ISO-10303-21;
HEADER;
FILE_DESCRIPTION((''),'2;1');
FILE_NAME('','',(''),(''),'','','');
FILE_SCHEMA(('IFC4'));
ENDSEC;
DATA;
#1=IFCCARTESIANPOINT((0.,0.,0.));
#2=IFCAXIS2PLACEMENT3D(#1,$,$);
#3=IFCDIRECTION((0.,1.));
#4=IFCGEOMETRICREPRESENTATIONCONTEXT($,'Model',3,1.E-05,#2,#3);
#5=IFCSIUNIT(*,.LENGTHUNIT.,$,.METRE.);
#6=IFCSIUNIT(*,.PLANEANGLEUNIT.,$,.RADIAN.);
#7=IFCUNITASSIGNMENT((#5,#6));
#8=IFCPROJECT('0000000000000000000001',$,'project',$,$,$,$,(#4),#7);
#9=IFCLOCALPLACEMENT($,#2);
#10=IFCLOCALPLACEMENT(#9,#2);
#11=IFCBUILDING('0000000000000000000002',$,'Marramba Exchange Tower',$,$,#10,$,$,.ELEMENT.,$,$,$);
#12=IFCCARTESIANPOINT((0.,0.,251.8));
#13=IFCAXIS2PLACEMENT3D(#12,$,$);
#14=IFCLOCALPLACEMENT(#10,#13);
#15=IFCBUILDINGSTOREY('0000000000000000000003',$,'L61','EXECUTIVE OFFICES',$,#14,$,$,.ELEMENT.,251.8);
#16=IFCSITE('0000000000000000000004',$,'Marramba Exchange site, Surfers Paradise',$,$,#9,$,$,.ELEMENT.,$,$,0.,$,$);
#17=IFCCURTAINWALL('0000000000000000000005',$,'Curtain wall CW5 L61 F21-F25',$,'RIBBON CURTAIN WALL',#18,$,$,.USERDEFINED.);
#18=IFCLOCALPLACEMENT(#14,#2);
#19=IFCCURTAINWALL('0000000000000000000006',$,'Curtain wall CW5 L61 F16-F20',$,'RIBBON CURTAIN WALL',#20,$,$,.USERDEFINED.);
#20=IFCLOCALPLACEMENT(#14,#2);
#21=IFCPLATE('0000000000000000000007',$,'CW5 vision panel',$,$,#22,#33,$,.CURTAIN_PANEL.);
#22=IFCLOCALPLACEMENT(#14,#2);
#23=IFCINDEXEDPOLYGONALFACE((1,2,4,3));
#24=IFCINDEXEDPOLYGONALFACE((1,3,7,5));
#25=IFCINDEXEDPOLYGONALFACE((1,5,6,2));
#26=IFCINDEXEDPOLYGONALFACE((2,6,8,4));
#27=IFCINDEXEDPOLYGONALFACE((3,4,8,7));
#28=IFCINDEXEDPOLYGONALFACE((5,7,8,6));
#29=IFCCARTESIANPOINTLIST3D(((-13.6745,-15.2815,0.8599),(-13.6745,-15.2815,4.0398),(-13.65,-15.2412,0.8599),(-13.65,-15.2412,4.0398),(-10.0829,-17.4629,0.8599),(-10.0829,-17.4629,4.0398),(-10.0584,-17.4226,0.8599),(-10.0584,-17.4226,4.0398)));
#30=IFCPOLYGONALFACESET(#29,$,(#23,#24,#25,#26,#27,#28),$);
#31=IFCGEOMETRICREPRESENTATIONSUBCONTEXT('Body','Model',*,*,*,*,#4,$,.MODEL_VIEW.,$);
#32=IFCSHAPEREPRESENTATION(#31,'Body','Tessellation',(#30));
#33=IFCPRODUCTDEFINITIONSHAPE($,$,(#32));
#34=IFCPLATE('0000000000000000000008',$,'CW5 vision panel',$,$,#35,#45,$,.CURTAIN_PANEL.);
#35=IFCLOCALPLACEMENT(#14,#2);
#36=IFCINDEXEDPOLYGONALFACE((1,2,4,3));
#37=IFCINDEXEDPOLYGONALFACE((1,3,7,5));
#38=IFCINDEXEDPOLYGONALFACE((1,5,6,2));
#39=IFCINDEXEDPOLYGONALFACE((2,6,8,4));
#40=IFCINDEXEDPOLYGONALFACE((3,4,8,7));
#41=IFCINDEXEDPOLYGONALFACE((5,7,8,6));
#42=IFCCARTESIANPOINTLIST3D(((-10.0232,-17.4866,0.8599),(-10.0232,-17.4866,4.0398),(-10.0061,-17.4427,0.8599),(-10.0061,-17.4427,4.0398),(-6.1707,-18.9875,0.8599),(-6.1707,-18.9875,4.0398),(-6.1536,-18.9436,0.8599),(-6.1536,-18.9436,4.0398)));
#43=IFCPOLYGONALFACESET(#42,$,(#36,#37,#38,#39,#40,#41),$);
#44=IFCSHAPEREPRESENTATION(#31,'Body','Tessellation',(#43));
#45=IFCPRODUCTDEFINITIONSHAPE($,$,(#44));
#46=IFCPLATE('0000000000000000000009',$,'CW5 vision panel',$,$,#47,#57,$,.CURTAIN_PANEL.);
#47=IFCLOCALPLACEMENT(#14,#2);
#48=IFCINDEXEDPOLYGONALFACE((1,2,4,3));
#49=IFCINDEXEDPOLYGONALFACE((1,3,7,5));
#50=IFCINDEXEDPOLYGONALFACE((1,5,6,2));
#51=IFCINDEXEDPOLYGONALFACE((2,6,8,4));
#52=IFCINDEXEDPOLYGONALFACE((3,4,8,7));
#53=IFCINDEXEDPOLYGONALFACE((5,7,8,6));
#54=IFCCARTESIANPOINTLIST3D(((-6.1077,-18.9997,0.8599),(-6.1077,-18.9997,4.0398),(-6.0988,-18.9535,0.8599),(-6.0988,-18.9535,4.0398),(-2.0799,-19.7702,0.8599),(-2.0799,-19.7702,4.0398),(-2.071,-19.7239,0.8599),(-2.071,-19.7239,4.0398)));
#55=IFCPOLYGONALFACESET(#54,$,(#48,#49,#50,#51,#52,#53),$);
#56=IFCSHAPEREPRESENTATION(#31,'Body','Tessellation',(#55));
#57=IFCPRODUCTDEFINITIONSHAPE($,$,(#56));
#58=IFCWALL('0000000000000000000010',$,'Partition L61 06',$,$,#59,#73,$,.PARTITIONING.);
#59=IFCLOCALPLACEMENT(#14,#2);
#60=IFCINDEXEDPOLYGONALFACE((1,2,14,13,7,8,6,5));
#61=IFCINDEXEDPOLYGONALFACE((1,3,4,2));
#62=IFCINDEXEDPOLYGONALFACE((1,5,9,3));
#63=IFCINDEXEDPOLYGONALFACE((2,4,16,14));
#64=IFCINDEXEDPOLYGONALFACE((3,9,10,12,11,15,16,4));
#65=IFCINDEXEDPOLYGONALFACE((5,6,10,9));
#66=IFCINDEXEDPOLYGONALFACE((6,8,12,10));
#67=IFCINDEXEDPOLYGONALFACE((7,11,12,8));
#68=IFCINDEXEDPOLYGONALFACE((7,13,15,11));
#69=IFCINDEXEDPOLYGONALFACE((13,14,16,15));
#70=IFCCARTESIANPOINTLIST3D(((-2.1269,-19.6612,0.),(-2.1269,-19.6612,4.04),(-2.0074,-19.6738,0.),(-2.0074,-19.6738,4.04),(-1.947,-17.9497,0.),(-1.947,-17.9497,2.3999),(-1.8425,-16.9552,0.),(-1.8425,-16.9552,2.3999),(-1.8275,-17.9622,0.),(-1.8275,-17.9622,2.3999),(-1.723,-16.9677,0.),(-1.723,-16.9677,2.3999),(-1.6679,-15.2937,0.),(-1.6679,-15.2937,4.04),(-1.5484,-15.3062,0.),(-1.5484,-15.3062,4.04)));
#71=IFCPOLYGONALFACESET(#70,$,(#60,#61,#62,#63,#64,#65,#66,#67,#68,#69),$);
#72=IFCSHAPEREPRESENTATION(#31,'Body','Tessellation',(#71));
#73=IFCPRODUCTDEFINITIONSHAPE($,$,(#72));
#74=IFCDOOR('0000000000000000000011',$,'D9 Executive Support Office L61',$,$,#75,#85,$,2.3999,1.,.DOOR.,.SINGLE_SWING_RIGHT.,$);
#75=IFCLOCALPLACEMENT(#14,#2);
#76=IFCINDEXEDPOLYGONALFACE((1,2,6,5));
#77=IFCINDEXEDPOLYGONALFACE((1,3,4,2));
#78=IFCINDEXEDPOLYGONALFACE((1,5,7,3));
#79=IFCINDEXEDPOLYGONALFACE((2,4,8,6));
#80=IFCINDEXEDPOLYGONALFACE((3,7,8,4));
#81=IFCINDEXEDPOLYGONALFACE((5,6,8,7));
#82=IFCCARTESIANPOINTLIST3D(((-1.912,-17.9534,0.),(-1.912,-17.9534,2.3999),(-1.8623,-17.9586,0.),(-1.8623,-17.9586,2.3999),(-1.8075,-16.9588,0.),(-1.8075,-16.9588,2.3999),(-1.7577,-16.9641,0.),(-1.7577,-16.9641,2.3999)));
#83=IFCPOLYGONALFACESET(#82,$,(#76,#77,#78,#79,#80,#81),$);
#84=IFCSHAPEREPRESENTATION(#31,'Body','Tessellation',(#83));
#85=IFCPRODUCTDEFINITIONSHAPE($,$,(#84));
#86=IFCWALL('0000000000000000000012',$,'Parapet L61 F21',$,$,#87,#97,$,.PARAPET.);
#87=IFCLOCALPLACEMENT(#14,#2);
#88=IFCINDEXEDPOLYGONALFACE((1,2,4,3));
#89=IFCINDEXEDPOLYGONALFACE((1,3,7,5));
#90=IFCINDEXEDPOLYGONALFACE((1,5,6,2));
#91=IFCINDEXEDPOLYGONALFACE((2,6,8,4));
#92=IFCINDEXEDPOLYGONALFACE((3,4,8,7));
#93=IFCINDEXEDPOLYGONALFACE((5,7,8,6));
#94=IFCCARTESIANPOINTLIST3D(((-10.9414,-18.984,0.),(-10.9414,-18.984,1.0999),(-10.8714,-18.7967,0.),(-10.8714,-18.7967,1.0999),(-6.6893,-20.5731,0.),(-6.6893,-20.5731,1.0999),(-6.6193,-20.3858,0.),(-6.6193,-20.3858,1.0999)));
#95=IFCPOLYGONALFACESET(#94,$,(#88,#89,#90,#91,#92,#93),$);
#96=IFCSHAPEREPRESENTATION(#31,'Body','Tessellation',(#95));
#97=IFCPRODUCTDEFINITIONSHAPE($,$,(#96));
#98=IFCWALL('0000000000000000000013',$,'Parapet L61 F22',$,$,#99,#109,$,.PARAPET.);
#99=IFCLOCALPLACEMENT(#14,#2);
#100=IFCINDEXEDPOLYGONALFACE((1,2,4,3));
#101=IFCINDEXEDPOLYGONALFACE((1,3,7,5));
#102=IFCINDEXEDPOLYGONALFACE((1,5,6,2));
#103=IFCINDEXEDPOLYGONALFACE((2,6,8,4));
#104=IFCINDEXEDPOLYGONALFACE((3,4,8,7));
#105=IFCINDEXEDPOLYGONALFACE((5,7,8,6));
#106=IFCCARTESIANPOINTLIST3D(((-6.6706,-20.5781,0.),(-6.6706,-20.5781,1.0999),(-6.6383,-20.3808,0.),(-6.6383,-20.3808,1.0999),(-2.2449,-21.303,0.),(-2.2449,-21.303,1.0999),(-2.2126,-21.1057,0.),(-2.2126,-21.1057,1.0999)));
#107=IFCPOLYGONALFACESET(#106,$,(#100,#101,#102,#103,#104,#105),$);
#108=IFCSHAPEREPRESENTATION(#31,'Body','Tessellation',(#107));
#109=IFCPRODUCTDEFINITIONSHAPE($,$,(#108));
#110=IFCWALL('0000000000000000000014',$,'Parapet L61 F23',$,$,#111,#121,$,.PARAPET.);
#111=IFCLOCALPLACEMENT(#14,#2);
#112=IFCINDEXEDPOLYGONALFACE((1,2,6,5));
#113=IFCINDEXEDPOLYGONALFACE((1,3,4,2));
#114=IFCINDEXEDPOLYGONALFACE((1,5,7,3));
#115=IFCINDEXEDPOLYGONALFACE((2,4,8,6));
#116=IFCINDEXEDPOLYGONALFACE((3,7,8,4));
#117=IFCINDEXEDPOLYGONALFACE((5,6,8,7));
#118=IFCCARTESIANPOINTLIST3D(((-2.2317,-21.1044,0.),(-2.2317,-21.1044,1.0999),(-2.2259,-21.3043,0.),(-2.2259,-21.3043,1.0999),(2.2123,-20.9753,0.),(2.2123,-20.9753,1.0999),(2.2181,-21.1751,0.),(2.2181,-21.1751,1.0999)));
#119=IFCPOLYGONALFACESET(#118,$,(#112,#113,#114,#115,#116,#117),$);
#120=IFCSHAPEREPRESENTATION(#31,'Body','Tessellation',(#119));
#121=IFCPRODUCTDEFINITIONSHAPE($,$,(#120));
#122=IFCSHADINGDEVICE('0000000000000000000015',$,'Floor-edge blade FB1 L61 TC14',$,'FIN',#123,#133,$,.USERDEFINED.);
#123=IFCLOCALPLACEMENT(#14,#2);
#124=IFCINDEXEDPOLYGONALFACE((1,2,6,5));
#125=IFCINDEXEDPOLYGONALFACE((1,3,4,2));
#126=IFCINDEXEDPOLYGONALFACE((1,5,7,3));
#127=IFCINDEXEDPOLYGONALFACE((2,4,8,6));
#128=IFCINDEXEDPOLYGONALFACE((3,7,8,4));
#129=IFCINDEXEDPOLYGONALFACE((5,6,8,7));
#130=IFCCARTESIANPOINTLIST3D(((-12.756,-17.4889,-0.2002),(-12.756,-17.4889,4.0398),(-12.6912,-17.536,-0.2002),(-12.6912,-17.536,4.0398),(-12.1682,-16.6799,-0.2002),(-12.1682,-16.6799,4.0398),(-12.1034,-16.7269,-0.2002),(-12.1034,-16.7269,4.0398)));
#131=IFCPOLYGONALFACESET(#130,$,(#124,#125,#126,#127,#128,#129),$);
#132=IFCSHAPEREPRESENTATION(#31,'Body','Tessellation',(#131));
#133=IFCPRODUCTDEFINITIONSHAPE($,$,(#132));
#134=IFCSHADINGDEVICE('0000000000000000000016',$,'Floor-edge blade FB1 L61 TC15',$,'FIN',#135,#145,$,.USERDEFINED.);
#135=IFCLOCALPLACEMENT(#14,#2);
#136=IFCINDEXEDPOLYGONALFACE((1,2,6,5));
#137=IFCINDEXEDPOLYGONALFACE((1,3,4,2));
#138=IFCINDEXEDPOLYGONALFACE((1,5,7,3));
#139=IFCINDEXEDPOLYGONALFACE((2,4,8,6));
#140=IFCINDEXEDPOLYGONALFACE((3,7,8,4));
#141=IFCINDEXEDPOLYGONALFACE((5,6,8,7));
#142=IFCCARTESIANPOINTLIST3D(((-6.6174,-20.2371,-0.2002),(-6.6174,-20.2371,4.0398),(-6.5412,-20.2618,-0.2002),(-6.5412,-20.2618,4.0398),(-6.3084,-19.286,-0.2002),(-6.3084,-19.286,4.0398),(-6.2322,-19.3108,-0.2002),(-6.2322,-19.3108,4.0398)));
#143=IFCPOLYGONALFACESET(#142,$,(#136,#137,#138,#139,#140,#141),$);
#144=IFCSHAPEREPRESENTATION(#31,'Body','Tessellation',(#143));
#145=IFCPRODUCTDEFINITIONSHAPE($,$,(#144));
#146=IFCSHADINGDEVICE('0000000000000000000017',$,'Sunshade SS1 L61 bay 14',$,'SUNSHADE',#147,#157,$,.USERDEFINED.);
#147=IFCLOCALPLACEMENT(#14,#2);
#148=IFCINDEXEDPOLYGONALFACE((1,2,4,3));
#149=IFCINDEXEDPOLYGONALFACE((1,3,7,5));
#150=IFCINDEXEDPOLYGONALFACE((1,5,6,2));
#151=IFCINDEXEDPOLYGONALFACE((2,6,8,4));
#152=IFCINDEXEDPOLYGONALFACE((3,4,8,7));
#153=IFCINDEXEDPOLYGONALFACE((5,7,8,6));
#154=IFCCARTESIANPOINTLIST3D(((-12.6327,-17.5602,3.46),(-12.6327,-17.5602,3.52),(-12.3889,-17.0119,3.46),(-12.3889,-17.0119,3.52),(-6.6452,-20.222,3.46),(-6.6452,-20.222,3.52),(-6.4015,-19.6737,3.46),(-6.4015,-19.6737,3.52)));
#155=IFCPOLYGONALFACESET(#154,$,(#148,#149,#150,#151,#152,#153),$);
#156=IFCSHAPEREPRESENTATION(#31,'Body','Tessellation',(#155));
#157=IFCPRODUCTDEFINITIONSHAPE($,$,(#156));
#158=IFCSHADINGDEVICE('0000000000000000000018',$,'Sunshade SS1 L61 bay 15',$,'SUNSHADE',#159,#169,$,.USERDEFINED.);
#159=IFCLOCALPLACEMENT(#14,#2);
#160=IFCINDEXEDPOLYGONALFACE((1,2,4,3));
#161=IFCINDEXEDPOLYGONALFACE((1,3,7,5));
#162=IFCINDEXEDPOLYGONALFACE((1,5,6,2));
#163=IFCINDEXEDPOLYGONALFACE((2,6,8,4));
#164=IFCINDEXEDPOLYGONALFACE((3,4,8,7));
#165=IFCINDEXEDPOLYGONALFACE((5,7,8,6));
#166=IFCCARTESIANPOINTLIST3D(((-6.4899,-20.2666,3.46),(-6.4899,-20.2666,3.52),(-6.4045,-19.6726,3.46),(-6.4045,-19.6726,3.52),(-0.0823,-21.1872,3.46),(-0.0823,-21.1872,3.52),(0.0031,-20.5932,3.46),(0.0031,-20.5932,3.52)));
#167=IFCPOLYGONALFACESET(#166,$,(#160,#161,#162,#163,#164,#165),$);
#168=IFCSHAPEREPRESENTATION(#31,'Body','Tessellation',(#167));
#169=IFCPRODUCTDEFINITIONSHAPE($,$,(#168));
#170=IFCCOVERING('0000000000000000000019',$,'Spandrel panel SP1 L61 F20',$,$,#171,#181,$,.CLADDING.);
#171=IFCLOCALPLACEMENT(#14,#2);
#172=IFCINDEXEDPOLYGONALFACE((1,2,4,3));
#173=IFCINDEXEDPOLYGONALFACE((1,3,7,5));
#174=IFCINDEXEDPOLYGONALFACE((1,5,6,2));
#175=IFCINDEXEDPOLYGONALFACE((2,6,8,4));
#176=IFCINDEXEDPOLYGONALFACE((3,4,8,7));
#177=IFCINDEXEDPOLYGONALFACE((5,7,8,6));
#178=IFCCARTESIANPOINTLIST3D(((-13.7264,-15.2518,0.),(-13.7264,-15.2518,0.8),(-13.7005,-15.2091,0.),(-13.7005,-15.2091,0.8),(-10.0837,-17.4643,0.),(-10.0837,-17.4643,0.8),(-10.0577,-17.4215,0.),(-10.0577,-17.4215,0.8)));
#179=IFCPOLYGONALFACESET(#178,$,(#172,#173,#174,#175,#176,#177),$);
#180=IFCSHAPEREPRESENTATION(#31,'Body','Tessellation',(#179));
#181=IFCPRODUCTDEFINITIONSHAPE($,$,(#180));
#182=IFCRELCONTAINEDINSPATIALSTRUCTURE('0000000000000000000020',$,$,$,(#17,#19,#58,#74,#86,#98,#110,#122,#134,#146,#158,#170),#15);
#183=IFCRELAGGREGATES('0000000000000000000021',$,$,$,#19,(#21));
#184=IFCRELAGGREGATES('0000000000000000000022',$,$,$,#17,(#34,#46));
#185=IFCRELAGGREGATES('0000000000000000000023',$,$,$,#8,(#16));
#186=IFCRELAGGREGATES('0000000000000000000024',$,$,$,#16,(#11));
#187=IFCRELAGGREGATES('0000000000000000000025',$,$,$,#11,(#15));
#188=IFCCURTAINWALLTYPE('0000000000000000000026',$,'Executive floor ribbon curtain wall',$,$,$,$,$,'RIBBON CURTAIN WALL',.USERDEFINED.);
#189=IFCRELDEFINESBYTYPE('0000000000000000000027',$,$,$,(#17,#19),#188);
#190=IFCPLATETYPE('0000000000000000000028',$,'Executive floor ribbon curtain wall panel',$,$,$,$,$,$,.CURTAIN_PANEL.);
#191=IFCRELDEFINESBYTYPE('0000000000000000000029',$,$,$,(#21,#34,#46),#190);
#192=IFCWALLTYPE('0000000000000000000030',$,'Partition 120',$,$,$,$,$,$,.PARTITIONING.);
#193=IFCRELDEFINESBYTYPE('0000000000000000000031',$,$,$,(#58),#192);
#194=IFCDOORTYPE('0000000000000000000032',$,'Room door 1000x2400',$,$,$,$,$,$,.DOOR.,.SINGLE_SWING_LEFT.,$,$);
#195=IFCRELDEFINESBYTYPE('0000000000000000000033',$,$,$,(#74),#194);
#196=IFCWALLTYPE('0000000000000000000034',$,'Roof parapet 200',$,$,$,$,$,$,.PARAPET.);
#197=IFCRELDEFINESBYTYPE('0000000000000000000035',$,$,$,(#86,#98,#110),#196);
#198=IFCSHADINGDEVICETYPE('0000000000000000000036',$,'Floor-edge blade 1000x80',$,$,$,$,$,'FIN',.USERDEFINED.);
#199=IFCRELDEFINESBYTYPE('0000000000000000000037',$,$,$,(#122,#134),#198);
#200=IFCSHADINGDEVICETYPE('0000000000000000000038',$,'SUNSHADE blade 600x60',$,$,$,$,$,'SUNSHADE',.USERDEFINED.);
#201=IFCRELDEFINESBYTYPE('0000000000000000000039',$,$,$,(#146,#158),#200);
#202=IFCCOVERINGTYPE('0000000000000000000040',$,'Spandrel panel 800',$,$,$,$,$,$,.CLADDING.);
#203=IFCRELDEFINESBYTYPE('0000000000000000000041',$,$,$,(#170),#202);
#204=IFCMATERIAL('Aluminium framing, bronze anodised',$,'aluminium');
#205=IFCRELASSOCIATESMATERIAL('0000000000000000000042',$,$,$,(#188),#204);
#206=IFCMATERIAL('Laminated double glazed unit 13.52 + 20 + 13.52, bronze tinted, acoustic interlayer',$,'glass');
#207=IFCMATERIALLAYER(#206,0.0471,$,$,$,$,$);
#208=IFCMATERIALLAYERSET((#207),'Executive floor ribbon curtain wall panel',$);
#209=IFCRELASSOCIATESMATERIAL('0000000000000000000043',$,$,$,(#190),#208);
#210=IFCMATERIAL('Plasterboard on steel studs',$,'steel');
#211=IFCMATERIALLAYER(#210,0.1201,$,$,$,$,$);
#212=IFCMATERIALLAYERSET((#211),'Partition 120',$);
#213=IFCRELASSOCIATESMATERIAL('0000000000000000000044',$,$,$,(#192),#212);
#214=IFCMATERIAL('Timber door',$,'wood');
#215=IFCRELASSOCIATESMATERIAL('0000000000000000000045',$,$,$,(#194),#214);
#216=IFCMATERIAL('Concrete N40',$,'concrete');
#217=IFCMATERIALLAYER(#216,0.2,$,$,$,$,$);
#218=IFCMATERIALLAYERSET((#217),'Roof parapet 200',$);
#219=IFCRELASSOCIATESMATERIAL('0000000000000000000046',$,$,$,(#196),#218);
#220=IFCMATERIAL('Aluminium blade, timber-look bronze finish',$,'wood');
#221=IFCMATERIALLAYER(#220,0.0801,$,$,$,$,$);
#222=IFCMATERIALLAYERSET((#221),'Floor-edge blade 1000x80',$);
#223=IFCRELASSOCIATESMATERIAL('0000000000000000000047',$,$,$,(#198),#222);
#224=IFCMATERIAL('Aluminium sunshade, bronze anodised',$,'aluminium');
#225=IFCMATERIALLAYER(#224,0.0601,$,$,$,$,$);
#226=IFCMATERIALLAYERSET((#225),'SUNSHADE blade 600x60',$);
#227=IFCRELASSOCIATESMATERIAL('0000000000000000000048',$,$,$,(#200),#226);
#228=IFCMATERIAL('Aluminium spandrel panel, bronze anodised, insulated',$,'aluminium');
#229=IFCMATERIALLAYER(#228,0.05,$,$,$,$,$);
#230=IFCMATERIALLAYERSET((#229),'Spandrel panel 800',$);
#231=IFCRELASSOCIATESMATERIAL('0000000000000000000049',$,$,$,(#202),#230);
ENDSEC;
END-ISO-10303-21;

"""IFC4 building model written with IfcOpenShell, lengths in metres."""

from ifc_helpers import new_model, si_unit, direction, frame, frame_2d, origin, origin_2d, place, context, subcontext, project, spatial, rectangle, extrude, material, layer, layer_set, type_object, element, fill, aggregate, save


model = new_model("IFC4")

# Units and contexts
model_context = context("Model", 3, precision=1e-05, world=origin(), true_north=direction((0.0, 1.0)))
body_context = subcontext(model_context, "Body", "Model", "MODEL_VIEW")
ifc_project = project(units=[si_unit("LENGTHUNIT", "METRE"), si_unit("PLANEANGLEUNIT", "RADIAN")], contexts=[model_context])

# Site, building, storey
site_placement = place(None, origin())
site = spatial("IfcSite", under=ifc_project, at=site_placement, Name="Marramba Exchange site, Surfers Paradise", CompositionType="ELEMENT", RefElevation=0.0)
building_placement = place(site_placement, origin())
building = spatial("IfcBuilding", under=site, at=building_placement, Name="Marramba Exchange Tower", CompositionType="ELEMENT")
storey_placement = place(building_placement, frame((0.0, 0.0, 251.8)))
storey = spatial("IfcBuildingStorey", under=building, at=storey_placement, Name="L61", Description="EXECUTIVE OFFICES", CompositionType="ELEMENT", Elevation=251.8)

# Curtain wall
ifc_material_1 = material(Name="Aluminium framing, bronze anodised", Category="aluminium")
curtain_wall_type = type_object("IfcCurtainWallType", Name="Executive floor ribbon curtain wall", ElementType="RIBBON CURTAIN WALL", PredefinedType="USERDEFINED", material=ifc_material_1)
curtain_wall_1_placement = place(storey_placement, origin())
curtain_wall_1 = element("IfcCurtainWall", 1, at=curtain_wall_1_placement, inside=storey, type_object=curtain_wall_type, Name="Curtain wall CW5 L61 F21-F25", ObjectType="RIBBON CURTAIN WALL", PredefinedType="USERDEFINED")

# Curtain wall, plate
curtain_wall_2_placement = place(storey_placement, origin())
curtain_wall_2 = element("IfcCurtainWall", 2, at=curtain_wall_2_placement, inside=storey, type_object=curtain_wall_type, Name="Curtain wall CW5 L61 F16-F20", ObjectType="RIBBON CURTAIN WALL", PredefinedType="USERDEFINED")
ifc_material_2 = material(Name="Laminated double glazed unit 13.52 + 20 + 13.52, bronze tinted, acoustic interlayer", Category="glass")
ifc_layer_1 = layer(ifc_material_2, 0.0471)
ifc_layer_set_1 = layer_set([ifc_layer_1], Name="Executive floor ribbon curtain wall panel")
plate_type = type_object("IfcPlateType", Name="Executive floor ribbon curtain wall panel", PredefinedType="CURTAIN_PANEL", material=ifc_layer_set_1)
plate_1_placement = place(storey_placement, frame((-11.8665, -16.3521, 0.8599), z_axis=(0.0, 0.0, 1.0), x_axis=(0.854704, -0.519115, 0.0)))
plate_1 = element("IfcPlate", 3, at=plate_1_placement, type_object=plate_type, Name="CW5 vision panel", PredefinedType="CURTAIN_PANEL", context=body_context, shape_type="SweptSolid", body=[
    extrude(rectangle(XDim=4.2021, YDim=0.0471, at=origin_2d()), origin(), (0.0, 0.0, 1.0), 3.1799),
])
aggregate(curtain_wall_2, [plate_1])

# Plates
plate_2_placement = place(storey_placement, frame((-8.0884, -18.2151, 0.8599), z_axis=(0.0, 0.0, 1.0), x_axis=(0.931785, -0.36301, 0.0)))
plate_2 = element("IfcPlate", 4, at=plate_2_placement, type_object=plate_type, Name="CW5 vision panel", PredefinedType="CURTAIN_PANEL", context=body_context, shape_type="SweptSolid", body=[
    extrude(rectangle(XDim=4.1345, YDim=0.0471, at=origin_2d()), origin(), (0.0, 0.0, 1.0), 3.1799),
])
plate_3_placement = place(storey_placement, frame((-4.0894, -19.3618, 0.8599), z_axis=(0.0, 0.0, 1.0), x_axis=(0.982193, -0.187873, 0.0)))
plate_3 = element("IfcPlate", 5, at=plate_3_placement, type_object=plate_type, Name="CW5 vision panel", PredefinedType="CURTAIN_PANEL", context=body_context, shape_type="SweptSolid", body=[
    extrude(rectangle(XDim=4.1008, YDim=0.0471, at=origin_2d()), origin(), (0.0, 0.0, 1.0), 3.1799),
])
aggregate(curtain_wall_1, [plate_2, plate_3])

# Wall, opening, door
ifc_material_3 = material(Name="Plasterboard on steel studs", Category="steel")
ifc_layer_2 = layer(ifc_material_3, 0.1201)
ifc_layer_set_2 = layer_set([ifc_layer_2], Name="Partition 120")
wall_type_1 = type_object("IfcWallType", Name="Partition 120", PredefinedType="PARTITIONING", material=ifc_layer_set_2)
wall_1_placement = place(storey_placement, frame((-2.0671, -19.6675, 0.0), z_axis=(0.0, 0.0, 1.0), x_axis=(0.104517, 0.994523, 0.0)))
wall_1 = element("IfcWall", 6, at=wall_1_placement, inside=storey, type_object=wall_type_1, Name="Partition L61 06", PredefinedType="PARTITIONING", context=body_context, shape_type="SweptSolid", body=[
    extrude(rectangle(XDim=4.3916, YDim=0.1201, at=frame_2d((2.1958, 0.0))), origin(), (0.0, 0.0, 1.0), 4.04),
])
opening_placement = place(wall_1_placement, frame((1.7209, 0.0, 0.0)))
opening = element("IfcOpeningElement", 7, at=opening_placement, cuts=wall_1, PredefinedType="OPENING", context=body_context, shape_type="SweptSolid", body=[
    extrude(rectangle(XDim=1.0, YDim=2.3999, at=frame_2d((0.5, 1.2))), frame((0.0, 0.0701, 0.0), z_axis=(0.0, -1.0, 0.0), x_axis=(1.0, 0.0, 0.0)), (0.0, 0.0, 1.0), 0.1401),
])
ifc_material_4 = material(Name="Timber door", Category="wood")
door_type = type_object("IfcDoorType", Name="Room door 1000x2400", OperationType="SINGLE_SWING_LEFT", PredefinedType="DOOR", material=ifc_material_4)
door_placement = place(opening_placement, frame((1.0, 0.0, 0.0), z_axis=(0.0, 0.0, 1.0), x_axis=(-1.0, 0.0, 0.0)))
door = element("IfcDoor", 8, at=door_placement, inside=storey, type_object=door_type, Name="D9 Executive Support Office L61", OperationType="SINGLE_SWING_RIGHT", OverallHeight=2.3999, OverallWidth=1.0, PredefinedType="DOOR", context=body_context, shape_type="SweptSolid", body=[
    extrude(rectangle(XDim=1.0, YDim=2.3999, at=frame_2d((0.5, 1.2))), frame((0.0, 0.0251, 0.0), z_axis=(0.0, -1.0, 0.0), x_axis=(1.0, 0.0, 0.0)), (0.0, 0.0, 1.0), 0.05),
])
fill(opening, door)

# Walls
ifc_material_5 = material(Name="Concrete N40", Category="concrete")
ifc_layer_3 = layer(ifc_material_5, 0.2)
ifc_layer_set_3 = layer_set([ifc_layer_3], Name="Roof parapet 200")
wall_type_2 = type_object("IfcWallType", Name="Roof parapet 200", PredefinedType="PARAPET", material=ifc_layer_set_3)
wall_2_placement = place(storey_placement, frame((-10.9062, -18.8904, 0.0), z_axis=(0.0, 0.0, 1.0), x_axis=(0.936718, -0.350086, 0.0)))
element("IfcWall", 9, at=wall_2_placement, inside=storey, type_object=wall_type_2, Name="Parapet L61 F21", PredefinedType="PARAPET", context=body_context, shape_type="SweptSolid", body=[
    extrude(rectangle(XDim=4.5393, YDim=0.2, at=frame_2d((2.2695, 0.0))), origin(), (0.0, 0.0, 1.0), 1.0999),
])
wall_3_placement = place(storey_placement, frame((-6.6543, -20.4795, 0.0), z_axis=(0.0, 0.0, 1.0), x_axis=(0.986851, -0.161635, 0.0)))
element("IfcWall", 10, at=wall_3_placement, inside=storey, type_object=wall_type_2, Name="Parapet L61 F22", PredefinedType="PARAPET", context=body_context, shape_type="SweptSolid", body=[
    extrude(rectangle(XDim=4.4846, YDim=0.2, at=frame_2d((2.2422, 0.0))), origin(), (0.0, 0.0, 1.0), 1.0999),
])
wall_4_placement = place(storey_placement, frame((-2.2288, -21.2043, 0.0), z_axis=(0.0, 0.0, 1.0), x_axis=(0.999578, 0.02905, 0.0)))
element("IfcWall", 11, at=wall_4_placement, inside=storey, type_object=wall_type_2, Name="Parapet L61 F23", PredefinedType="PARAPET", context=body_context, shape_type="SweptSolid", body=[
    extrude(rectangle(XDim=4.4458, YDim=0.2, at=frame_2d((2.2229, 0.0))), origin(), (0.0, 0.0, 1.0), 1.0999),
])

# Shading devices
ifc_material_6 = material(Name="Aluminium blade, timber-look bronze finish", Category="wood")
ifc_layer_4 = layer(ifc_material_6, 0.0801)
ifc_layer_set_4 = layer_set([ifc_layer_4], Name="Floor-edge blade 1000x80")
shading_device_type_1 = type_object("IfcShadingDeviceType", Name="Floor-edge blade 1000x80", ElementType="FIN", PredefinedType="USERDEFINED", material=ifc_layer_set_4)
for number, where, z_axis, x_axis, name in (
    (12, (-12.4297, -17.1079, -0.2002), (0.0, 0.0, 1.0), (-0.587785, -0.809017, 0.0), "Floor-edge blade FB1 L61 TC14"),
    (13, (-6.4248, -19.7739, -0.2002), (0.0, 0.0, 1.0), (-0.309017, -0.951057, 0.0), "Floor-edge blade FB1 L61 TC15"),
):
    element("IfcShadingDevice", number, at=place(storey_placement, frame(where, z_axis=z_axis, x_axis=x_axis)), inside=storey, type_object=shading_device_type_1, Name=name, ObjectType="FIN", PredefinedType="USERDEFINED", context=body_context, shape_type="SweptSolid", body=[
        extrude(rectangle(XDim=1.0, YDim=0.0801, at=origin_2d()), origin(), (0.0, 0.0, 1.0), 4.24),
    ])
ifc_material_7 = material(Name="Aluminium sunshade, bronze anodised", Category="aluminium")
ifc_layer_5 = layer(ifc_material_7, 0.0601)
ifc_layer_set_5 = layer_set([ifc_layer_5], Name="SUNSHADE blade 600x60")
shading_device_type_2 = type_object("IfcShadingDeviceType", Name="SUNSHADE blade 600x60", ElementType="SUNSHADE", PredefinedType="USERDEFINED", material=ifc_layer_set_5)
shading_device_1_placement = place(storey_placement, frame((-9.5171, -18.6169, 3.46), z_axis=(0.0, 0.0, 1.0), x_axis=(0.913771, -0.406229, 0.0)))
element("IfcShadingDevice", 14, at=shading_device_1_placement, inside=storey, type_object=shading_device_type_2, Name="Sunshade SS1 L61 bay 14", ObjectType="SUNSHADE", PredefinedType="USERDEFINED", context=body_context, shape_type="SweptSolid", body=[
    extrude(rectangle(XDim=6.5525, YDim=0.6001, at=origin_2d()), origin(), (0.0, 0.0, 1.0), 0.0601),
])
shading_device_2_placement = place(storey_placement, frame((-3.2434, -20.4299, 3.46), z_axis=(0.0, 0.0, 1.0), x_axis=(0.989837, -0.14221, 0.0)))
element("IfcShadingDevice", 15, at=shading_device_2_placement, inside=storey, type_object=shading_device_type_2, Name="Sunshade SS1 L61 bay 15", ObjectType="SUNSHADE", PredefinedType="USERDEFINED", context=body_context, shape_type="SweptSolid", body=[
    extrude(rectangle(XDim=6.4734, YDim=0.6001, at=origin_2d()), origin(), (0.0, 0.0, 1.0), 0.0601),
])

# Covering
ifc_material_8 = material(Name="Aluminium spandrel panel, bronze anodised, insulated", Category="aluminium")
ifc_layer_6 = layer(ifc_material_8, 0.05)
ifc_layer_set_6 = layer_set([ifc_layer_6], Name="Spandrel panel 800")
covering_type = type_object("IfcCoveringType", Name="Spandrel panel 800", PredefinedType="CLADDING", material=ifc_layer_set_6)
covering_1_placement = place(storey_placement, frame((-11.8921, -16.3367, 0.0), z_axis=(0.0, 0.0, 1.0), x_axis=(0.854704, -0.519115, 0.0)))
element("IfcCovering", 16, at=covering_1_placement, inside=storey, type_object=covering_type, Name="Spandrel panel SP1 L61 F20", PredefinedType="CLADDING", context=body_context, shape_type="SweptSolid", body=[
    extrude(rectangle(XDim=4.262, YDim=0.05, at=origin_2d()), origin(), (0.0, 0.0, 1.0), 0.8),
])

save(model, "model.ifc")
